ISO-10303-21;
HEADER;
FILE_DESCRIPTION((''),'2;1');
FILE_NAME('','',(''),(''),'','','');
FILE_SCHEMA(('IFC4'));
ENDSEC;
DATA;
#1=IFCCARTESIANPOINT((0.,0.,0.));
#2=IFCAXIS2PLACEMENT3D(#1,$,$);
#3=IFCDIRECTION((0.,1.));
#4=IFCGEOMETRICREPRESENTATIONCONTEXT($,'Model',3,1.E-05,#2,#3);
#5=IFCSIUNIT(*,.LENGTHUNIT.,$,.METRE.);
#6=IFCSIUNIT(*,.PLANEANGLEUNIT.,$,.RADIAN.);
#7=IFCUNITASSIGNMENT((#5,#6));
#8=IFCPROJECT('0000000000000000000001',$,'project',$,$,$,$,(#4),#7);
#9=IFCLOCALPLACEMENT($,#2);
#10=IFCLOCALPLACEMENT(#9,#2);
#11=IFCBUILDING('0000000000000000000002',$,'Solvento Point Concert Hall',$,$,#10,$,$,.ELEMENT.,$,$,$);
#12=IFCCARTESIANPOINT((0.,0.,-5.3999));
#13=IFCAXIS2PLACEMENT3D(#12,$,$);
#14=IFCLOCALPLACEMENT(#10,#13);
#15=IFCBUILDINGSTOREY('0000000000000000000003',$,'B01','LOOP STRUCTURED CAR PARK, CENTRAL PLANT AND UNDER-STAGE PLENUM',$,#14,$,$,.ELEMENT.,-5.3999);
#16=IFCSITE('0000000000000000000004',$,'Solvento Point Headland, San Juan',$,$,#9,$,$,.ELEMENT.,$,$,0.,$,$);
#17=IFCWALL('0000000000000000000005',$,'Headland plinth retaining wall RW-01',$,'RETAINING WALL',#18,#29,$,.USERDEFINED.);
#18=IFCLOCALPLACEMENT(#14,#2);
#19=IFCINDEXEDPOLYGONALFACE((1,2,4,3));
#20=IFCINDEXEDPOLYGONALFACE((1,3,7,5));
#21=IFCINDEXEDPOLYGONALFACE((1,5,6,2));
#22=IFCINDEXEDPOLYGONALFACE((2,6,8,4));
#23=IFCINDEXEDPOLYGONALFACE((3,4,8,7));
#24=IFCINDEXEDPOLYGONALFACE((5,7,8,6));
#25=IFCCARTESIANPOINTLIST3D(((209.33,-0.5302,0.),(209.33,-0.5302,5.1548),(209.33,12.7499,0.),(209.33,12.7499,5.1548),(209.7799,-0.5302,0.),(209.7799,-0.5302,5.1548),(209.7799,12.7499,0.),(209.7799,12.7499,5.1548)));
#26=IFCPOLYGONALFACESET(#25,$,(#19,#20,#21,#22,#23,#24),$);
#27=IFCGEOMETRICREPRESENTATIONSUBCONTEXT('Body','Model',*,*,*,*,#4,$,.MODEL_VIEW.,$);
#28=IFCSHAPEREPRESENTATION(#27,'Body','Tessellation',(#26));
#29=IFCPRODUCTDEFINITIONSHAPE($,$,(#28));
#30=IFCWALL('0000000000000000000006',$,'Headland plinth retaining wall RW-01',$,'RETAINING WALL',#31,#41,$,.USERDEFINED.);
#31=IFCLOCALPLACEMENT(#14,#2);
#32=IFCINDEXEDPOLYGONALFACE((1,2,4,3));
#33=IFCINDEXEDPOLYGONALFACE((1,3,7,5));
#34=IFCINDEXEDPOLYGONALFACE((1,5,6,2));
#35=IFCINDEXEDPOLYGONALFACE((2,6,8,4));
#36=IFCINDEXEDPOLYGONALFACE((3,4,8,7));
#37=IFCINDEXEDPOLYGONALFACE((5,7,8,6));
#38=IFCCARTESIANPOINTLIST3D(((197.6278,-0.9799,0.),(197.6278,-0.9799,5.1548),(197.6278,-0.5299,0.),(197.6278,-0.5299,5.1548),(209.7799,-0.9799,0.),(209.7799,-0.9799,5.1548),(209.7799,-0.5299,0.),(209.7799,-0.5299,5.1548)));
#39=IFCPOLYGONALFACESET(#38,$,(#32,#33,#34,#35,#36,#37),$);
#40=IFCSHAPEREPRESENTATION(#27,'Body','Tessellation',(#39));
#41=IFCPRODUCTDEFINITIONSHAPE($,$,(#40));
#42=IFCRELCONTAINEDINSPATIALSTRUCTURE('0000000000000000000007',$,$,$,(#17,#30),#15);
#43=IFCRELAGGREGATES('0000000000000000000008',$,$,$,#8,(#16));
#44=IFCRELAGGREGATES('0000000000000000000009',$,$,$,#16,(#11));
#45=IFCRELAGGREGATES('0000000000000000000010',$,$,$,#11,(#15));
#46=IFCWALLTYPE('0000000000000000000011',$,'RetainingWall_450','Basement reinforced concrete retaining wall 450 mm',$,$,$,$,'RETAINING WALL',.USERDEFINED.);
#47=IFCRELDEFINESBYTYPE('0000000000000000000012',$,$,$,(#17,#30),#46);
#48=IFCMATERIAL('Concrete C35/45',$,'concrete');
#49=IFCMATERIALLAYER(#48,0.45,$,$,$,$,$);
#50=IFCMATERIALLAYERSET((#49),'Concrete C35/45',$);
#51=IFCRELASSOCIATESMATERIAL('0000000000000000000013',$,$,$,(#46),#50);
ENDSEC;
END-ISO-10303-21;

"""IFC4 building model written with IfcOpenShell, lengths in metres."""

from ifc_helpers import new_model, si_unit, direction, frame, frame_2d, origin, place, context, subcontext, project, spatial, rectangle, extrude, material, layer, layer_set, type_object, element, save


model = new_model("IFC4")

# Units and contexts
model_context = context("Model", 3, precision=1e-05, world=origin(), true_north=direction((0.0, 1.0)))
body_context = subcontext(model_context, "Body", "Model", "MODEL_VIEW")
ifc_project = project(units=[si_unit("LENGTHUNIT", "METRE"), si_unit("PLANEANGLEUNIT", "RADIAN")], contexts=[model_context])

# Site, building, storey
site_placement = place(None, origin())
site = spatial("IfcSite", under=ifc_project, at=site_placement, Name="Solvento Point Headland, San Juan", CompositionType="ELEMENT", RefElevation=0.0)
building_placement = place(site_placement, origin())
building = spatial("IfcBuilding", under=site, at=building_placement, Name="Solvento Point Concert Hall", CompositionType="ELEMENT")
storey_placement = place(building_placement, frame((0.0, 0.0, -5.3999)))
storey = spatial("IfcBuildingStorey", under=building, at=storey_placement, Name="B01", Description="LOOP STRUCTURED CAR PARK, CENTRAL PLANT AND UNDER-STAGE PLENUM", CompositionType="ELEMENT", Elevation=-5.3999)

# Walls
ifc_material_1 = material(Name="Concrete C35/45", Category="concrete")
ifc_layer = layer(ifc_material_1, 0.45)
ifc_layer_set = layer_set([ifc_layer], Name="Concrete C35/45")
wall_type = type_object("IfcWallType", Name="RetainingWall_450", Description="Basement reinforced concrete retaining wall 450 mm", ElementType="RETAINING WALL", PredefinedType="USERDEFINED", material=ifc_layer_set)
wall_1_placement = place(storey_placement, frame((209.5549, 12.75, 0.0), z_axis=(0.0, 0.0, 1.0), x_axis=(0.0, -1.0, 0.0)))
element("IfcWall", 1, at=wall_1_placement, inside=storey, type_object=wall_type, Name="Headland plinth retaining wall RW-01", ObjectType="RETAINING WALL", PredefinedType="USERDEFINED", context=body_context, shape_type="SweptSolid", body=[
    extrude(rectangle(XDim=13.28, YDim=0.45, at=frame_2d((6.6401, 0.0))), origin(), (0.0, 0.0, 1.0), 5.1548),
])
wall_2_placement = place(storey_placement, frame((209.78, -0.7549, 0.0), z_axis=(0.0, 0.0, 1.0), x_axis=(-1.0, 0.0, 0.0)))
element("IfcWall", 2, at=wall_2_placement, inside=storey, type_object=wall_type, Name="Headland plinth retaining wall RW-01", ObjectType="RETAINING WALL", PredefinedType="USERDEFINED", context=body_context, shape_type="SweptSolid", body=[
    extrude(rectangle(XDim=12.1521, YDim=0.45, at=frame_2d((6.0762, 0.0))), origin(), (0.0, 0.0, 1.0), 5.1548),
])

save(model, "model.ifc")
